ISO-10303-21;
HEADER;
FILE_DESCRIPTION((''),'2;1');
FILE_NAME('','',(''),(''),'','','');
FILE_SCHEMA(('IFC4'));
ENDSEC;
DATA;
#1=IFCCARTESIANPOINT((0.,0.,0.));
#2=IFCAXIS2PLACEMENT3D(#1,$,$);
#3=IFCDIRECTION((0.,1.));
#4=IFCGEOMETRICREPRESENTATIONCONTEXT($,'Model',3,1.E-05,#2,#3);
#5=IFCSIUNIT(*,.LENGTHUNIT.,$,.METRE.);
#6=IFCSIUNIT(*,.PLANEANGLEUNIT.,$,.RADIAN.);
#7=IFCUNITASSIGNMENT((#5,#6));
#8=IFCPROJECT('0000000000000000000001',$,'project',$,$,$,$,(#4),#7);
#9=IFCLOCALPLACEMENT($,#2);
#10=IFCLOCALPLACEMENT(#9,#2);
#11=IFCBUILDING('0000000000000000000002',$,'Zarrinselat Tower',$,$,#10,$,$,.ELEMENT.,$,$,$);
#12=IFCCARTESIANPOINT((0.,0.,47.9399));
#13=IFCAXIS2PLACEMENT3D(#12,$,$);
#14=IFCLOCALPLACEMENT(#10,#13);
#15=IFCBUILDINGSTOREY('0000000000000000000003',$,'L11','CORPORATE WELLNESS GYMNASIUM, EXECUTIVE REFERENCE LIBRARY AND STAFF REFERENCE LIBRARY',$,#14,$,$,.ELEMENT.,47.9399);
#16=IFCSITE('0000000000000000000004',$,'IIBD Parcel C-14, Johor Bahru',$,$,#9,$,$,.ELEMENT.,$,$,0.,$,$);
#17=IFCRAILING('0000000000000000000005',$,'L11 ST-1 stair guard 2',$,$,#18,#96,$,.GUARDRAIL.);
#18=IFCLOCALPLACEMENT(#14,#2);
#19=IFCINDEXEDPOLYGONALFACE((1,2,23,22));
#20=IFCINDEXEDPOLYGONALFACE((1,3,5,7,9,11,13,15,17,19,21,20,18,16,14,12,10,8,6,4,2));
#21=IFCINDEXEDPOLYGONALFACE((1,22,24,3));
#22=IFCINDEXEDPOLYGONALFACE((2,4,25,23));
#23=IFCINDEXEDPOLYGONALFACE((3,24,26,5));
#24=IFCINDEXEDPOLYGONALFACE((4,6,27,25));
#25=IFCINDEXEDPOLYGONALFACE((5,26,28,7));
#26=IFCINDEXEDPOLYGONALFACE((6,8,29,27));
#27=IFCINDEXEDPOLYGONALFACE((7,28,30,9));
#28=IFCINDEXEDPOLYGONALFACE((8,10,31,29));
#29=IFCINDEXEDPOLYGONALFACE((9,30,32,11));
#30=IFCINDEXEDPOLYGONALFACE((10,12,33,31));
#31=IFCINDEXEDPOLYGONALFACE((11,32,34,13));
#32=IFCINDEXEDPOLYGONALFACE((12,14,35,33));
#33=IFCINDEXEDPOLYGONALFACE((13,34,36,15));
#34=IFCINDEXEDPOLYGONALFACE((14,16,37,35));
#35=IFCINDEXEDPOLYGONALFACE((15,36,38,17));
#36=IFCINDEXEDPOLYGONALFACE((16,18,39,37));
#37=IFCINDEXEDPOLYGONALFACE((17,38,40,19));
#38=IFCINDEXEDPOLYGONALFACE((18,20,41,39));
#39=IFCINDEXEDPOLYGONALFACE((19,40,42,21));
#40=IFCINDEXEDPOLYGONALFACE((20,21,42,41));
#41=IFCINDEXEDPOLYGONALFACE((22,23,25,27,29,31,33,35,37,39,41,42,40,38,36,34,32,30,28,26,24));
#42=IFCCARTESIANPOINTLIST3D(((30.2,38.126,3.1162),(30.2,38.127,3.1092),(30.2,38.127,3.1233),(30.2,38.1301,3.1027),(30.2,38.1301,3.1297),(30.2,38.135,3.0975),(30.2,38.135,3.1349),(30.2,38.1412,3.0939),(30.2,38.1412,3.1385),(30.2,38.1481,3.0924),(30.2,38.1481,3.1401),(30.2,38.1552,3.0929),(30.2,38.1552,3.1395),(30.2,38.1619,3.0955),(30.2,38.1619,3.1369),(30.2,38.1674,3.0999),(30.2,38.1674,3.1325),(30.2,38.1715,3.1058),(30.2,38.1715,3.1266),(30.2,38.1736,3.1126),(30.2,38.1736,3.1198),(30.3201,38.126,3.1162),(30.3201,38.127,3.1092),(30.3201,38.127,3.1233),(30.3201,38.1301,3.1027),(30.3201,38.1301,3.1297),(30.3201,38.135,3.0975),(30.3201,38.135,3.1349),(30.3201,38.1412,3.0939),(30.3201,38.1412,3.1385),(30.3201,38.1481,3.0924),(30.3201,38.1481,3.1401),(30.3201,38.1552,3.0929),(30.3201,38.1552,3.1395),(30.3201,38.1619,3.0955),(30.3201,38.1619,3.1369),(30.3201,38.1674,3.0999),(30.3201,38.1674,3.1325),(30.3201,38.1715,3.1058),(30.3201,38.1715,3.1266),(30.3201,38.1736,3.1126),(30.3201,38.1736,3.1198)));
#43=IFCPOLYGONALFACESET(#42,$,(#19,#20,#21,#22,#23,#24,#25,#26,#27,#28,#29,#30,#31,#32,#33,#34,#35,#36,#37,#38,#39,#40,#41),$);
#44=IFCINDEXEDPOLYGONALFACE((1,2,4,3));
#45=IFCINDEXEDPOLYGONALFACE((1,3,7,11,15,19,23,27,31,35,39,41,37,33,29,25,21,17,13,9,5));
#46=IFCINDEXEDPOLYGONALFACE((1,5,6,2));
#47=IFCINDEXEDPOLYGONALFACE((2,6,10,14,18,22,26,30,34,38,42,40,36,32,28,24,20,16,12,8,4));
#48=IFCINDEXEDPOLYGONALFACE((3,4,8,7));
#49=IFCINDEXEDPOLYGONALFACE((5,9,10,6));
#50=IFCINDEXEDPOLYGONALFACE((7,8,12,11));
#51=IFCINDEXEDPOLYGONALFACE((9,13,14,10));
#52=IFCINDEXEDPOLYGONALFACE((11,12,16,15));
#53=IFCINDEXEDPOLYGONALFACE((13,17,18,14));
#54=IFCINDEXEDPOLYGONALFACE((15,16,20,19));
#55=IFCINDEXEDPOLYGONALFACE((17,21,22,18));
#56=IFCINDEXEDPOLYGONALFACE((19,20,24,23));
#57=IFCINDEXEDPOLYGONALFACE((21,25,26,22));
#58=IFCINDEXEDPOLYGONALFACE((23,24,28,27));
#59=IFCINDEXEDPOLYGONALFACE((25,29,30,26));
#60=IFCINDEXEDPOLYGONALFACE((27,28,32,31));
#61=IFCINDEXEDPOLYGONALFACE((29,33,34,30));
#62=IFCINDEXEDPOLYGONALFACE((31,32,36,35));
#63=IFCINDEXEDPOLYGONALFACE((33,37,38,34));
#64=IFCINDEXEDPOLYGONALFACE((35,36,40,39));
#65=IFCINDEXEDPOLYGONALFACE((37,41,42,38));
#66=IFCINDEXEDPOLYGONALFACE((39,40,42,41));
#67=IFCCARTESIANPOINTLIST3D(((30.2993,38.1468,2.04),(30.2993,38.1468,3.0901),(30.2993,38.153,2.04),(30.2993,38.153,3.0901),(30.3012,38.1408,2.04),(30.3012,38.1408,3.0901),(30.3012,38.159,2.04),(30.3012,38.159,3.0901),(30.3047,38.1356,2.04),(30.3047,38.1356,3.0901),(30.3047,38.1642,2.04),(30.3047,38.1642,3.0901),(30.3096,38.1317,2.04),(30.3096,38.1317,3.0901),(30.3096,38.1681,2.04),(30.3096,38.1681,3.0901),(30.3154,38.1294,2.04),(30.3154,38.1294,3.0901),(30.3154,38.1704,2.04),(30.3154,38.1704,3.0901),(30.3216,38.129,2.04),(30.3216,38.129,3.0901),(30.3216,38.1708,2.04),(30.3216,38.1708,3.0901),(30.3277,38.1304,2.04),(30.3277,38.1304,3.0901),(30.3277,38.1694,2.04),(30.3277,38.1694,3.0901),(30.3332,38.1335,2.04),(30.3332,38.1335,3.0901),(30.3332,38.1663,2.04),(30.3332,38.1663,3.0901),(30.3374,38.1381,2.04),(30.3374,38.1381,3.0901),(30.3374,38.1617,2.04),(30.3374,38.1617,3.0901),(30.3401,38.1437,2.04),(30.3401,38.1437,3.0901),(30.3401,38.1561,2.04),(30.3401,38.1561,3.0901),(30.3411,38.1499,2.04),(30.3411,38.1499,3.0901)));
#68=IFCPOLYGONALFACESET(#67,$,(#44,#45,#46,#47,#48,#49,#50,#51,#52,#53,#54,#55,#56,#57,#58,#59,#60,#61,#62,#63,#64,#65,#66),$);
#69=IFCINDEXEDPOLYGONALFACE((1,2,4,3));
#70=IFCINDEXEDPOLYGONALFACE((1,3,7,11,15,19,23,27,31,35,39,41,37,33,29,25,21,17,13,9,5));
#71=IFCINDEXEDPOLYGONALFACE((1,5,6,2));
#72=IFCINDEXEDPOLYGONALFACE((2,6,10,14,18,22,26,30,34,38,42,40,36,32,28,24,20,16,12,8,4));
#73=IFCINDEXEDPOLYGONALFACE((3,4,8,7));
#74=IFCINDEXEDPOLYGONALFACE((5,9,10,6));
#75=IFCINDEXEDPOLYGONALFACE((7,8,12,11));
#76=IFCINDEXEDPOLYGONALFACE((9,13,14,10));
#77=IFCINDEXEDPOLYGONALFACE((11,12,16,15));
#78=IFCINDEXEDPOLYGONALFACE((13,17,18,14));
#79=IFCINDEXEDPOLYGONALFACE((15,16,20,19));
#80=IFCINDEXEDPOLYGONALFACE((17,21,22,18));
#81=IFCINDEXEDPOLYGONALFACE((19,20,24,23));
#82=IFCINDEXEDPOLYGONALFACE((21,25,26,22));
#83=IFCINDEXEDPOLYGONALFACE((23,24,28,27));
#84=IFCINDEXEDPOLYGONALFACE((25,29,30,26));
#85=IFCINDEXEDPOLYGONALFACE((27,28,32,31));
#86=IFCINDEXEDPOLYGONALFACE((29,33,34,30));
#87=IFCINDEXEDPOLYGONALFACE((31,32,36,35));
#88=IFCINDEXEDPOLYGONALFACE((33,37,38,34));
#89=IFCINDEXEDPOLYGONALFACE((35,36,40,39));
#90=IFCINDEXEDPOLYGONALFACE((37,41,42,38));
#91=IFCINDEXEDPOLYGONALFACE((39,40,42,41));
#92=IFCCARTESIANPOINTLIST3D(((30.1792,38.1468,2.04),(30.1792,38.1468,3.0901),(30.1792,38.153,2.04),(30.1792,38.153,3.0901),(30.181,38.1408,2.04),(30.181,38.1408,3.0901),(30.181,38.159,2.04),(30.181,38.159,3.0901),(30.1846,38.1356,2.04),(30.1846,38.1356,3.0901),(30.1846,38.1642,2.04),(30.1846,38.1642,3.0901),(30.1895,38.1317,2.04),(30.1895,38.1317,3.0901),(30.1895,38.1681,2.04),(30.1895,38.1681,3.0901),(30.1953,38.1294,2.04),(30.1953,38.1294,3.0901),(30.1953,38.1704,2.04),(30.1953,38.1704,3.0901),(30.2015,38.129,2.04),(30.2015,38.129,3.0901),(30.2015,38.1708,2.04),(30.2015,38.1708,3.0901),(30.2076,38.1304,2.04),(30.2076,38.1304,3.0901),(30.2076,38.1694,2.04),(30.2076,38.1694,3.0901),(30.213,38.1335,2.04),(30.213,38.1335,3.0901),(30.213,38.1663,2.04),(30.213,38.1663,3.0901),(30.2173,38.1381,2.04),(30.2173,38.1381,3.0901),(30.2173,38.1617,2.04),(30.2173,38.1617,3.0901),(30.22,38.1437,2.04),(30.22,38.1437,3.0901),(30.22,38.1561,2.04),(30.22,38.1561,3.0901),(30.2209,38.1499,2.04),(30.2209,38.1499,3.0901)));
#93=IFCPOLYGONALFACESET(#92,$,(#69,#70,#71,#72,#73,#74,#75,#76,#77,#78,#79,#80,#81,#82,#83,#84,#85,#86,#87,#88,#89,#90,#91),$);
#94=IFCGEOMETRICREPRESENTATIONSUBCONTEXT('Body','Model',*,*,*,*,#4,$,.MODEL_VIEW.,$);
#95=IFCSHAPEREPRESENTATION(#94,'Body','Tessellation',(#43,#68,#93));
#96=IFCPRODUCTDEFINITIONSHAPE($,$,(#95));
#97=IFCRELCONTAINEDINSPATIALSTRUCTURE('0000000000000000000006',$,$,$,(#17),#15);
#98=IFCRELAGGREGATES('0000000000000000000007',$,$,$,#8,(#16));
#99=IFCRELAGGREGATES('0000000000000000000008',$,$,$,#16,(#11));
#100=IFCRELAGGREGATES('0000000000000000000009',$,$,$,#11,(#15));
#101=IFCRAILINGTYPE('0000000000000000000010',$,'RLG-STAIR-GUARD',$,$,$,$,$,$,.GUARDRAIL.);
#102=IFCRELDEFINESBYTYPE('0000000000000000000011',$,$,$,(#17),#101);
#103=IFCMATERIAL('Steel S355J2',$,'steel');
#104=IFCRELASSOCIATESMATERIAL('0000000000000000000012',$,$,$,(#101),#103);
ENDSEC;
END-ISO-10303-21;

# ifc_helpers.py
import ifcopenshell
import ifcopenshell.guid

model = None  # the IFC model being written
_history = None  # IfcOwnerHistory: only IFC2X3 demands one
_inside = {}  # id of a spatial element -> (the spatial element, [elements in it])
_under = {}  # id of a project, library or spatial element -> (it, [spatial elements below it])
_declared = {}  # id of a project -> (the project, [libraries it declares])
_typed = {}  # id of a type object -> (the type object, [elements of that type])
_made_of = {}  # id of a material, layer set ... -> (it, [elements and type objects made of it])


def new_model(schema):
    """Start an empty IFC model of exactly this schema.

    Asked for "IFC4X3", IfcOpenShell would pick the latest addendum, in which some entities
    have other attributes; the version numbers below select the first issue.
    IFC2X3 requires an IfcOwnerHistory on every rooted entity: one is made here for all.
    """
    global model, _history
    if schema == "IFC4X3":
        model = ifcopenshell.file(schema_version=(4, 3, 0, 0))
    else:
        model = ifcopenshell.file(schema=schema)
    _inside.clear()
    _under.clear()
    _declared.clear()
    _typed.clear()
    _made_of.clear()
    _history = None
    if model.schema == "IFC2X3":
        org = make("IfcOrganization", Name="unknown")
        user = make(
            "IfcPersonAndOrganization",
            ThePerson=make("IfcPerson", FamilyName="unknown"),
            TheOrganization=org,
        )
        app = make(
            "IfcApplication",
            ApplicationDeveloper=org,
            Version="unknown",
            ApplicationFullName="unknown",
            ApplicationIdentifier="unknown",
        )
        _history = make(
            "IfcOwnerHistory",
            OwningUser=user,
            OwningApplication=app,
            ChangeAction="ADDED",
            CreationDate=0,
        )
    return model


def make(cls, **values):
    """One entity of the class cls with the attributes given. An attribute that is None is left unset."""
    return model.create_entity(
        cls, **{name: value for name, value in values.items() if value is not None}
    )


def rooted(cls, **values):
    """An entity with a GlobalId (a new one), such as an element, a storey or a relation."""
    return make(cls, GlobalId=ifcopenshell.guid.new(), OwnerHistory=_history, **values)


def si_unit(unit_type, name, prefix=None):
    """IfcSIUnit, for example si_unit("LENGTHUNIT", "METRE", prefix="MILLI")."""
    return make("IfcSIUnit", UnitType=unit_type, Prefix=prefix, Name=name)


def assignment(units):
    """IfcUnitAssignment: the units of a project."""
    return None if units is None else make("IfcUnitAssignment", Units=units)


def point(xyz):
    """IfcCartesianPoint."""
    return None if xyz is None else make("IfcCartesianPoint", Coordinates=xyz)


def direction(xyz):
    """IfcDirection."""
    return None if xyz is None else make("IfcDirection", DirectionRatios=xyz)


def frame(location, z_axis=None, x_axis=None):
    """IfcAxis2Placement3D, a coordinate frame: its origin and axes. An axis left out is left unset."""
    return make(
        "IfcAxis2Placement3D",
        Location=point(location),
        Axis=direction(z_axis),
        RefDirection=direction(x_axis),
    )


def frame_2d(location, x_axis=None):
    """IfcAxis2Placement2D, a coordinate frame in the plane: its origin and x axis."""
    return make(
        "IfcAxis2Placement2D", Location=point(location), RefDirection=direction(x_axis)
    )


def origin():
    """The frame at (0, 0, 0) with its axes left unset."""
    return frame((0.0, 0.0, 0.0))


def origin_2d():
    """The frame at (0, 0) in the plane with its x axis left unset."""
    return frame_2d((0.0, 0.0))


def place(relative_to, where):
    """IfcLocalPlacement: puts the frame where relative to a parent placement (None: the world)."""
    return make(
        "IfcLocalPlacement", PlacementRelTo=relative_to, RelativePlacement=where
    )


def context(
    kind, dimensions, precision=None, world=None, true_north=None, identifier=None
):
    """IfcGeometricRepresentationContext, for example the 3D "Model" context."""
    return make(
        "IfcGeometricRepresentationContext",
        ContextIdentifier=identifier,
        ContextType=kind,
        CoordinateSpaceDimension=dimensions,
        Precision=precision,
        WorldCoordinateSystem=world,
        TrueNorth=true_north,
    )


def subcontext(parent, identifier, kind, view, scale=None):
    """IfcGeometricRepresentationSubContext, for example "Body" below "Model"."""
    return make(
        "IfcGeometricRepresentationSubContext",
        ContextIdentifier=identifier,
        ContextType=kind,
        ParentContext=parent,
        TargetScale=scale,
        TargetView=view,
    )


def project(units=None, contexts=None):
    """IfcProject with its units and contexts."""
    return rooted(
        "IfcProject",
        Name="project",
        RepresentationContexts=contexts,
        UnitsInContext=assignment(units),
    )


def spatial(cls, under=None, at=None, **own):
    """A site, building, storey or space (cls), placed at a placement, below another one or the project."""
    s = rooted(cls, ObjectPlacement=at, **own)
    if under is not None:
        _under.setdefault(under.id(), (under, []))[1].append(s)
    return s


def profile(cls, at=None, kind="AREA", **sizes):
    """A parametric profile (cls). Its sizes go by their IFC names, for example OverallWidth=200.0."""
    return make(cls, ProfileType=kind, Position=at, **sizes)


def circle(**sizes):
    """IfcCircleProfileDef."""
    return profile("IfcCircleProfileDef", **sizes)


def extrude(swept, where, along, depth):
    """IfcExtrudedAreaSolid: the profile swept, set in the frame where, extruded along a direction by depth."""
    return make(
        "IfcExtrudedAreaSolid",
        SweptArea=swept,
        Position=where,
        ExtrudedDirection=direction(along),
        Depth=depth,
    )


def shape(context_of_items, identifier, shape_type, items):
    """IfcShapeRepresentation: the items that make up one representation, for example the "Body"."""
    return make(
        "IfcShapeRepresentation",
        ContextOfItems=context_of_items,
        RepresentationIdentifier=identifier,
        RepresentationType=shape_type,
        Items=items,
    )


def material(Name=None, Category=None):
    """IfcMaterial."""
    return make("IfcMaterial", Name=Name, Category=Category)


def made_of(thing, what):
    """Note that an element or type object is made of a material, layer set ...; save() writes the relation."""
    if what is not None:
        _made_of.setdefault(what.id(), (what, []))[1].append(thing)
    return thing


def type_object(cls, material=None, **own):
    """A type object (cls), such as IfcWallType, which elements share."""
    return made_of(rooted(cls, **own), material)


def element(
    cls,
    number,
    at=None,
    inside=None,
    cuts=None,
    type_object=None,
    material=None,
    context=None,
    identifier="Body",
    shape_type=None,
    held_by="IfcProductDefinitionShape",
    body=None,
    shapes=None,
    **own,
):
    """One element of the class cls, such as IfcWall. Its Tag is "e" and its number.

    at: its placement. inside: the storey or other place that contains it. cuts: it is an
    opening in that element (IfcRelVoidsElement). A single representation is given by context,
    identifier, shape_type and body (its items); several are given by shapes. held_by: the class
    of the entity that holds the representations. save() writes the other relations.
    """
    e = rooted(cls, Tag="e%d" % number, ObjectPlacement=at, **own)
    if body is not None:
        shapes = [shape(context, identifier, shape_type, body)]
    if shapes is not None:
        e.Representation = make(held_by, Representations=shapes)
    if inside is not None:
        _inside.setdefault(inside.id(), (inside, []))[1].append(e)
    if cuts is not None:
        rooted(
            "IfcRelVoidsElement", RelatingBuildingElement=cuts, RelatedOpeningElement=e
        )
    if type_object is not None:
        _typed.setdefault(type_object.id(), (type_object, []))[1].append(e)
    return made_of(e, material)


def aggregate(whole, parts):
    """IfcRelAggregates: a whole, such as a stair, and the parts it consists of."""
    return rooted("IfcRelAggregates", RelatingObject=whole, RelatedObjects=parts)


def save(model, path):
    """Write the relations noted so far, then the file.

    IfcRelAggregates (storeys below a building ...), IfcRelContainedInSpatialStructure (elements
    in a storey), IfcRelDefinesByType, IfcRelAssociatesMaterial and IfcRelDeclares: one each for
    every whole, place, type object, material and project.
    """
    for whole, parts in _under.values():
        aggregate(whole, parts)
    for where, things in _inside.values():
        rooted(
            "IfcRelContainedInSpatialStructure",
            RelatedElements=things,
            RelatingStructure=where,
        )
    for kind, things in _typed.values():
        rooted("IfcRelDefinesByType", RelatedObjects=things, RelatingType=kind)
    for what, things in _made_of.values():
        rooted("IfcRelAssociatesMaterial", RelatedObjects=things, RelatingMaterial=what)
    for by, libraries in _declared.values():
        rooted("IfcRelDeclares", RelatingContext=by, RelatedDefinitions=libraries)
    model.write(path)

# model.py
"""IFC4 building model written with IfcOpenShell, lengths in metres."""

from ifc_helpers import new_model, si_unit, direction, frame, origin, origin_2d, place, context, subcontext, project, spatial, circle, extrude, material, type_object, element, save


model = new_model("IFC4")

# Units and contexts
model_context = context("Model", 3, precision=1e-05, world=origin(), true_north=direction((0.0, 1.0)))
body_context = subcontext(model_context, "Body", "Model", "MODEL_VIEW")
ifc_project = project(units=[si_unit("LENGTHUNIT", "METRE"), si_unit("PLANEANGLEUNIT", "RADIAN")], contexts=[model_context])

# Site, building, storey
site_placement = place(None, origin())
site = spatial("IfcSite", under=ifc_project, at=site_placement, Name="IIBD Parcel C-14, Johor Bahru", CompositionType="ELEMENT", RefElevation=0.0)
building_placement = place(site_placement, origin())
building = spatial("IfcBuilding", under=site, at=building_placement, Name="Zarrinselat Tower", CompositionType="ELEMENT")
storey_placement = place(building_placement, frame((0.0, 0.0, 47.9399)))
storey = spatial("IfcBuildingStorey", under=building, at=storey_placement, Name="L11", Description="CORPORATE WELLNESS GYMNASIUM, EXECUTIVE REFERENCE LIBRARY AND STAFF REFERENCE LIBRARY", CompositionType="ELEMENT", Elevation=47.9399)

# Railing
ifc_material_1 = material(Name="Steel S355J2", Category="steel")
railing_type_1 = type_object("IfcRailingType", Name="RLG-STAIR-GUARD", PredefinedType="GUARDRAIL", material=ifc_material_1)
railing_1_placement = place(storey_placement, frame((30.3201, 38.1499, 2.04)))
element("IfcRailing", 1, at=railing_1_placement, inside=storey, type_object=railing_type_1, Name="L11 ST-1 stair guard 2", PredefinedType="GUARDRAIL", context=body_context, shape_type="SweptSolid", body=[
    extrude(circle(Radius=0.0239, at=origin_2d()), frame((0.0, 0.0, 1.0762), z_axis=(-1.0, 0.0, 0.0), x_axis=(0.0, -1.0, 0.0)), (0.0, 0.0, 1.0), 0.1201),
    extrude(circle(Radius=0.021, at=origin_2d()), origin(), (0.0, 0.0, 1.0), 1.05),
    extrude(circle(Radius=0.021, at=origin_2d()), frame((-0.1201, 0.0, 0.0)), (0.0, 0.0, 1.0), 1.05),
])

save(model, "model.ifc")
